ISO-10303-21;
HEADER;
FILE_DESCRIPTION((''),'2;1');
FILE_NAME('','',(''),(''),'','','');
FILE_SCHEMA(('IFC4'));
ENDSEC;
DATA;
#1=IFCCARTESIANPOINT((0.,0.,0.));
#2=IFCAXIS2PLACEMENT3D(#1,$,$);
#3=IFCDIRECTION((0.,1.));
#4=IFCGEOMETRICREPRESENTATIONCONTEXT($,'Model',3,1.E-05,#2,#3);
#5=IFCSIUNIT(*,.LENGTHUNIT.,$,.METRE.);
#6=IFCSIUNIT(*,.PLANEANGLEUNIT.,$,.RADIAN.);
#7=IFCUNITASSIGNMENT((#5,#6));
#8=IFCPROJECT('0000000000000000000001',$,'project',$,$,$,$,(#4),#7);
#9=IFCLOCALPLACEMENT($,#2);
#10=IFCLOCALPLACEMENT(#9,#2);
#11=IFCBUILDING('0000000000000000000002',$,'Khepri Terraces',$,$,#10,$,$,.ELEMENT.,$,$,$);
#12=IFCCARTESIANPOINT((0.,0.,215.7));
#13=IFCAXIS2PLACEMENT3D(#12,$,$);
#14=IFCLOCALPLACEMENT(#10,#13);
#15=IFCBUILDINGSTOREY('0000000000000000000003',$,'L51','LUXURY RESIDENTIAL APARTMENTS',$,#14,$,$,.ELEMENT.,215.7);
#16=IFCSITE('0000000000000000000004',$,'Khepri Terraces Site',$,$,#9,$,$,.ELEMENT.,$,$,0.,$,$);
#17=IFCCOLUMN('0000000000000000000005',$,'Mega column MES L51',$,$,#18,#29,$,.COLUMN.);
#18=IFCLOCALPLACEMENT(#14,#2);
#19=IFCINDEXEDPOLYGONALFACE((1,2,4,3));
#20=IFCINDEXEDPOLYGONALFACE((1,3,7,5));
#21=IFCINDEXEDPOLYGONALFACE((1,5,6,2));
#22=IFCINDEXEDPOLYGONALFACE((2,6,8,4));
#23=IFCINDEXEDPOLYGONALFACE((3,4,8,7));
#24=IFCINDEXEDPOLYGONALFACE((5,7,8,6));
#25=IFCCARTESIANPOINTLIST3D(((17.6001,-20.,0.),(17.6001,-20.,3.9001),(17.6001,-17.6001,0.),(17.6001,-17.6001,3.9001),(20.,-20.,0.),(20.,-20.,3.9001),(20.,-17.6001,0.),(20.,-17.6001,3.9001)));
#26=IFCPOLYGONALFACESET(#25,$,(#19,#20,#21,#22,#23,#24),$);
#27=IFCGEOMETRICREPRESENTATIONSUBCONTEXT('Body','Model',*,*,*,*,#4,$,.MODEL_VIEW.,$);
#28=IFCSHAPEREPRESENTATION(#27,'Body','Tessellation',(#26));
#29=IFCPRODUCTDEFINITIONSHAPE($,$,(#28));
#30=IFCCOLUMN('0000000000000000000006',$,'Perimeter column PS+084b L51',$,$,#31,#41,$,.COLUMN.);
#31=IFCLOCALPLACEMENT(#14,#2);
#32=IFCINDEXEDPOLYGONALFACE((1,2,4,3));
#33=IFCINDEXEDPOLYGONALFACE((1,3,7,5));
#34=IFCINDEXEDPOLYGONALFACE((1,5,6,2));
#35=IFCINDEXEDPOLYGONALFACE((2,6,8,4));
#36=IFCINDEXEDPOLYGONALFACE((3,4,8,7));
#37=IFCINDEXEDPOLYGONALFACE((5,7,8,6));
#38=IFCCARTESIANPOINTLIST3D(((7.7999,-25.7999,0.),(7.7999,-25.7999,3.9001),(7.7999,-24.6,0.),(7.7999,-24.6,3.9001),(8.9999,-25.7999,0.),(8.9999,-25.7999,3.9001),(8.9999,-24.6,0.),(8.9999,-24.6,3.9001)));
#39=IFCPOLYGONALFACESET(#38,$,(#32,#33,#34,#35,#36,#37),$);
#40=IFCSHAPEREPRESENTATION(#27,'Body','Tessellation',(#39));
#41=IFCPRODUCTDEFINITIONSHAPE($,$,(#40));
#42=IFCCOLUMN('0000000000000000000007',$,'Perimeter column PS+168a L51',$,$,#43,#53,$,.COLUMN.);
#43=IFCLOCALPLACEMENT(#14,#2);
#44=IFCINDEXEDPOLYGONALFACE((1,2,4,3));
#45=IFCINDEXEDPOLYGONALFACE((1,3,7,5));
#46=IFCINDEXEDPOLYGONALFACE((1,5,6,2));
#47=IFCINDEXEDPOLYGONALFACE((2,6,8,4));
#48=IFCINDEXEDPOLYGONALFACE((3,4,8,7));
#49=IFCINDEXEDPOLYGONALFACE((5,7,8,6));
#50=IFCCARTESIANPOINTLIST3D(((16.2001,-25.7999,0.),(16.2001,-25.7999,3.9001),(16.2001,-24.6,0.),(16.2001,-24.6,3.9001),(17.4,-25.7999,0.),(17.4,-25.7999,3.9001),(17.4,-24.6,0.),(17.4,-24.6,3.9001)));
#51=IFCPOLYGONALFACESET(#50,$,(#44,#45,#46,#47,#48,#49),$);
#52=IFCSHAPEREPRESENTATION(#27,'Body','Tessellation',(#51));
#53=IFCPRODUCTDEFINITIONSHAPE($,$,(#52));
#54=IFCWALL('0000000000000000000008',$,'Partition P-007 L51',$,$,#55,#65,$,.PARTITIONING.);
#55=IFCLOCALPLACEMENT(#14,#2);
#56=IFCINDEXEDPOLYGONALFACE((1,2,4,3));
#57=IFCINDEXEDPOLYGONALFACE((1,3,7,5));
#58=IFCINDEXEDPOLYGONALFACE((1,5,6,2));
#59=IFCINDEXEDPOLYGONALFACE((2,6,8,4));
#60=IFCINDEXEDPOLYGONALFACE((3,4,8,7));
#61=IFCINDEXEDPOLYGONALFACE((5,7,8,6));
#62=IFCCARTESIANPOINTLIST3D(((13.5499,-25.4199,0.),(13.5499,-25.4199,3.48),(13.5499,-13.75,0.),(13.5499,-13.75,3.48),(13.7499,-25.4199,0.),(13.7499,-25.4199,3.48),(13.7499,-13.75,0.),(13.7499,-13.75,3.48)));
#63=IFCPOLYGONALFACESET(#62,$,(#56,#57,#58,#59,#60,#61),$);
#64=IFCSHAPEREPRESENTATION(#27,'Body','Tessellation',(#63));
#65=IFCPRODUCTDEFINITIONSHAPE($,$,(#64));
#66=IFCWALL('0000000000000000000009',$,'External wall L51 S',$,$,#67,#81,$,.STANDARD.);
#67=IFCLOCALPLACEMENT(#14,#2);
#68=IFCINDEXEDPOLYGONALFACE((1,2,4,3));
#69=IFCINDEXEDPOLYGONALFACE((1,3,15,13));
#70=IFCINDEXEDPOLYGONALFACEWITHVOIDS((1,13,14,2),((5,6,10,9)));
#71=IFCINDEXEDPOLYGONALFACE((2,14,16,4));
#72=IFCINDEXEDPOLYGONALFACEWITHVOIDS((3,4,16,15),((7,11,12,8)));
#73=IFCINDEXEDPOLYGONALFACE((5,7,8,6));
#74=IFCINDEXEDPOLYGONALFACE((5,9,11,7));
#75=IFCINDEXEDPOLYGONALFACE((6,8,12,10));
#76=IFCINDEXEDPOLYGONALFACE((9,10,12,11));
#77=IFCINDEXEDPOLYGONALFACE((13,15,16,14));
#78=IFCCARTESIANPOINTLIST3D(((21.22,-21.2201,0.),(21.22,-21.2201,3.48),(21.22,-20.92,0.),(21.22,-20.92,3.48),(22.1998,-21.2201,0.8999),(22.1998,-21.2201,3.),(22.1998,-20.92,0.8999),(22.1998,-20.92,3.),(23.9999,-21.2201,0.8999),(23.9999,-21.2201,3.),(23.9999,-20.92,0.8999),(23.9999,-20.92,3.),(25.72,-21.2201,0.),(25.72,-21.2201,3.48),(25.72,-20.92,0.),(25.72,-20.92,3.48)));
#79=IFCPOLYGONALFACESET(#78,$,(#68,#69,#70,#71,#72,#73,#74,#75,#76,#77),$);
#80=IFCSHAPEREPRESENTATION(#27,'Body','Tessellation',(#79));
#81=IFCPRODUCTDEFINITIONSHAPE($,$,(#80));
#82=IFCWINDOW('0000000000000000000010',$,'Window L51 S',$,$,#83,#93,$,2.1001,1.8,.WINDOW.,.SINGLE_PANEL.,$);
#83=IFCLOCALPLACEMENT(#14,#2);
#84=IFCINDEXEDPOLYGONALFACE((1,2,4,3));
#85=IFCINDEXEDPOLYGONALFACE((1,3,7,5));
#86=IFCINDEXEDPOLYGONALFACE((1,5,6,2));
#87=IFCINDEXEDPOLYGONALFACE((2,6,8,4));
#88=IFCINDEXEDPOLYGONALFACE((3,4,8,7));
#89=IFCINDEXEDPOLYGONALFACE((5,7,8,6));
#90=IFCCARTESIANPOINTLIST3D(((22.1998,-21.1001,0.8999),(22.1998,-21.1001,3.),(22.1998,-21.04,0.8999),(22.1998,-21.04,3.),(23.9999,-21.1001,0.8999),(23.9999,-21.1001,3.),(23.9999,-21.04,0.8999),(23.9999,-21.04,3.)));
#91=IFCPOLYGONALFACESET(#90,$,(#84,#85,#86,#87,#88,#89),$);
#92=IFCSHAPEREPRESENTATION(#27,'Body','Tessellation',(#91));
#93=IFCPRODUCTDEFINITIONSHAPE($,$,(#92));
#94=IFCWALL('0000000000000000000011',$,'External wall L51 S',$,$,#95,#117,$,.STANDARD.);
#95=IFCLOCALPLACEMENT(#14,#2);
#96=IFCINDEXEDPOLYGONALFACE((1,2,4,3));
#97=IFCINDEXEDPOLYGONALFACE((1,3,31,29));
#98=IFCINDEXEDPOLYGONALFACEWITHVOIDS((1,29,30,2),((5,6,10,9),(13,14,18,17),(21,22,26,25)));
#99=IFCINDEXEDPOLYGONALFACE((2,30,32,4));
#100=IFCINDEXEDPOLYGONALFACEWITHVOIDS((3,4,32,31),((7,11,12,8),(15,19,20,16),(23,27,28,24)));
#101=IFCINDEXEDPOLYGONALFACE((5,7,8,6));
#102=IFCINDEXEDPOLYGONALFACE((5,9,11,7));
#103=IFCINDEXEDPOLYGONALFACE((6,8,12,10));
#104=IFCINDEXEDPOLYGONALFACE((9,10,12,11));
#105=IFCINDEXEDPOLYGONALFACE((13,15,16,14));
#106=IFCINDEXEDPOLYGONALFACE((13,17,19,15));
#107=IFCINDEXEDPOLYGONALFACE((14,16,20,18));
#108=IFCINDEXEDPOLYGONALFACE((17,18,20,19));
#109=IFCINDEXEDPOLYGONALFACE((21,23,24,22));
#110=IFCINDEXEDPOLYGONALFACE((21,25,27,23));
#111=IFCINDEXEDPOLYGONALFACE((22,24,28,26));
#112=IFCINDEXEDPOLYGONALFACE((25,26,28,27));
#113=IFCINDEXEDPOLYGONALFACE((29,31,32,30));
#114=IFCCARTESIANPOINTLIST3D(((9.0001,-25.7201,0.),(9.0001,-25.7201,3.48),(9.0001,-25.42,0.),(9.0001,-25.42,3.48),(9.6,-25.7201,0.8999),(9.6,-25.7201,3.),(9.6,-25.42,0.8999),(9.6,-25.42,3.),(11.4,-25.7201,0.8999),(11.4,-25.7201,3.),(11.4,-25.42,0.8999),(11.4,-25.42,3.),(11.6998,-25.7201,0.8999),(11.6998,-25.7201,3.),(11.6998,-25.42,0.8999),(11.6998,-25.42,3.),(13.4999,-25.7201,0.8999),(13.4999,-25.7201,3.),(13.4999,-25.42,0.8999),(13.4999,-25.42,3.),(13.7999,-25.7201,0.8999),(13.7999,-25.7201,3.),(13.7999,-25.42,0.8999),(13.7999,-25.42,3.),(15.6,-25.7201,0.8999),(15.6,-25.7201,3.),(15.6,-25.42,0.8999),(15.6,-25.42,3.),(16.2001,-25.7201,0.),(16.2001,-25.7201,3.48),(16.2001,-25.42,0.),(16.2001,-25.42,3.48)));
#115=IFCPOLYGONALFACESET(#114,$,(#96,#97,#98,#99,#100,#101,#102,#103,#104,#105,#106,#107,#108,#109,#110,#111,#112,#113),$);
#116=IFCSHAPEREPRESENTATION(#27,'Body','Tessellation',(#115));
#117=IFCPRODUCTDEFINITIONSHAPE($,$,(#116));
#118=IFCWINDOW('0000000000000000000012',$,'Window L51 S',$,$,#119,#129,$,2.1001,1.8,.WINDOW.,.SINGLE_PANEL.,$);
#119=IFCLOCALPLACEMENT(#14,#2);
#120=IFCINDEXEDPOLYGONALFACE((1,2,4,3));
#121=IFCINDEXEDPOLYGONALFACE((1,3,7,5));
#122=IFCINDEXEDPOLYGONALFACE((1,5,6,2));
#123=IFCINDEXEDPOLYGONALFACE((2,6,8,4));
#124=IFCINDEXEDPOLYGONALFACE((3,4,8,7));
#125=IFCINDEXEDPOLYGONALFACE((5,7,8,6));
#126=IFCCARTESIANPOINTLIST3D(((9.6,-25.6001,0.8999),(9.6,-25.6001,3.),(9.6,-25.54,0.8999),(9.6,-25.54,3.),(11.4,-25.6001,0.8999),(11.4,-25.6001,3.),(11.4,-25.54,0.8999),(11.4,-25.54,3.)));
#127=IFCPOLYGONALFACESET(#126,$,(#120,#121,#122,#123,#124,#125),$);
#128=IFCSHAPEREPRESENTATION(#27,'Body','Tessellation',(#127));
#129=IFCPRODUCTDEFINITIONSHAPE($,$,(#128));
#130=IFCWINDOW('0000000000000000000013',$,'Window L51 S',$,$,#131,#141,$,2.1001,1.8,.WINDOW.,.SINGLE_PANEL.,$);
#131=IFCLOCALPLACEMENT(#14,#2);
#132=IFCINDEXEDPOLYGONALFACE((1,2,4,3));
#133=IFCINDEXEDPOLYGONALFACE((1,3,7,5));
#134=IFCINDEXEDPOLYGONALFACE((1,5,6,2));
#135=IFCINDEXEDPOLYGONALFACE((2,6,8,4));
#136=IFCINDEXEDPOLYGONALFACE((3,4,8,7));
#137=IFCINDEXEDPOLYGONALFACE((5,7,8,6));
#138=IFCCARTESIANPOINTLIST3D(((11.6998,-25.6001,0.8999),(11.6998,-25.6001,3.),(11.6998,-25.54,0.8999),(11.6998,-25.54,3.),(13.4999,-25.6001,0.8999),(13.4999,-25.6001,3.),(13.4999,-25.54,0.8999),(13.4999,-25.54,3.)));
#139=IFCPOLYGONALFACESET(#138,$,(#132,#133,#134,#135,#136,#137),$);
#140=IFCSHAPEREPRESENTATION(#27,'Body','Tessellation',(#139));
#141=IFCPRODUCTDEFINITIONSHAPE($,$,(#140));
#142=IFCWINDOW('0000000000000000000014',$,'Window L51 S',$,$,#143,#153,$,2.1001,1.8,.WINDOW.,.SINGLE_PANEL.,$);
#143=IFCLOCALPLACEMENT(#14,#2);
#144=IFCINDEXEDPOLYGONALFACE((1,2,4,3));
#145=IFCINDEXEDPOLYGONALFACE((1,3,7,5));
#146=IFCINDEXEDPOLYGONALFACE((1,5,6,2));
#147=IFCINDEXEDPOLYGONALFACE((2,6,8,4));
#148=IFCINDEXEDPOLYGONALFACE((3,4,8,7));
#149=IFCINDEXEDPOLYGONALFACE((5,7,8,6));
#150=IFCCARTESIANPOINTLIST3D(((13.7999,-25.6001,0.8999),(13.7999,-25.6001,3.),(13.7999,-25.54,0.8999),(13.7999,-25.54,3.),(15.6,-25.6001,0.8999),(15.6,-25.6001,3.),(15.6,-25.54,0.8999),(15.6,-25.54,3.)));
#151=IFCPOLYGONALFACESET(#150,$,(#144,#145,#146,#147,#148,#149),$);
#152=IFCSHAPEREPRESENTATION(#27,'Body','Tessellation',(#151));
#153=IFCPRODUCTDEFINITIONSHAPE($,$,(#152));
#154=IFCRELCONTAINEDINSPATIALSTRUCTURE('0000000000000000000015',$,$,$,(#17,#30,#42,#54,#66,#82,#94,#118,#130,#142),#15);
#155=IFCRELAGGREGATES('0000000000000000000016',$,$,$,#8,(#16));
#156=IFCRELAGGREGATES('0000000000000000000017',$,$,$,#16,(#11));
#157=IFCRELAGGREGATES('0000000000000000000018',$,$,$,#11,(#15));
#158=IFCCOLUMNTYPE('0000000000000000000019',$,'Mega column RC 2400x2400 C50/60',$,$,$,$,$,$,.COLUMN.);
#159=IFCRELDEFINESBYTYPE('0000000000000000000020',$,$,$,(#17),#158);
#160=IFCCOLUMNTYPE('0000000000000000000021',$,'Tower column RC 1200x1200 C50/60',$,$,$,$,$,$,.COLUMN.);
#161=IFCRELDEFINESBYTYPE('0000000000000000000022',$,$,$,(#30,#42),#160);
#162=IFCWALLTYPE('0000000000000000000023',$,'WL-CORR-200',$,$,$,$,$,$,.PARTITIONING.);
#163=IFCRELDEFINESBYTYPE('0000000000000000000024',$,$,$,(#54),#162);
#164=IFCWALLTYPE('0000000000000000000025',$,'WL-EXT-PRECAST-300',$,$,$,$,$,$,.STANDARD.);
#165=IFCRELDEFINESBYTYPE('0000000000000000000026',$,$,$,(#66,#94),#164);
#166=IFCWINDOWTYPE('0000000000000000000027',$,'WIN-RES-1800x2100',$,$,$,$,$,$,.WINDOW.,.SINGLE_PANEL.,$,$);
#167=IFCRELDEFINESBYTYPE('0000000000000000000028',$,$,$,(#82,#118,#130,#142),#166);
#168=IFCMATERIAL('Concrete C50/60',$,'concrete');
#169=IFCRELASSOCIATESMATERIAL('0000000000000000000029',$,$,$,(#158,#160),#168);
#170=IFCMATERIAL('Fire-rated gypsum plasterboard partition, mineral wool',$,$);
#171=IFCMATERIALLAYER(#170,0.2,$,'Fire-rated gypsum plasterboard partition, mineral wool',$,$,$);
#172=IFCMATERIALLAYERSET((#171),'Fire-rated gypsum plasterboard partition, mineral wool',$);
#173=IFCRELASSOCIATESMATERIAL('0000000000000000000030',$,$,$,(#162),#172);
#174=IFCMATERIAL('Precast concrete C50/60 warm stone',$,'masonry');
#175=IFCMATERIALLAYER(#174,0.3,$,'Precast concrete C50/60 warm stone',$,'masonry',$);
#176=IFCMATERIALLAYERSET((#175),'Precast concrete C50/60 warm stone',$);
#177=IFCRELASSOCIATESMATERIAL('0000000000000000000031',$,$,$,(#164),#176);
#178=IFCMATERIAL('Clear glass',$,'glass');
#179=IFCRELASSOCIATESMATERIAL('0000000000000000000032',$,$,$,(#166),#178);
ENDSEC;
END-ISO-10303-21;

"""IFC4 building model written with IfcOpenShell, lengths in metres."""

from ifc_helpers import new_model, si_unit, direction, frame, frame_2d, origin, origin_2d, place, context, subcontext, project, spatial, rectangle, extrude, material, layer, layer_set, material_profile, profile_set, type_object, element, fill, save


model = new_model("IFC4")

# Units and contexts
model_context = context("Model", 3, precision=1e-05, world=origin(), true_north=direction((0.0, 1.0)))
body_context = subcontext(model_context, "Body", "Model", "MODEL_VIEW")
ifc_project = project(units=[si_unit("LENGTHUNIT", "METRE"), si_unit("PLANEANGLEUNIT", "RADIAN")], contexts=[model_context])

# Site, building, storey
site_placement = place(None, origin())
site = spatial("IfcSite", under=ifc_project, at=site_placement, Name="Khepri Terraces Site", CompositionType="ELEMENT", RefElevation=0.0)
building_placement = place(site_placement, origin())
building = spatial("IfcBuilding", under=site, at=building_placement, Name="Khepri Terraces", CompositionType="ELEMENT")
storey_placement = place(building_placement, frame((0.0, 0.0, 215.7)))
storey = spatial("IfcBuildingStorey", under=building, at=storey_placement, Name="L51", Description="LUXURY RESIDENTIAL APARTMENTS", CompositionType="ELEMENT", Elevation=215.7)

# Columns
ifc_material_1 = material(Name="Concrete C50/60", Category="concrete")
ifc_material_profile_1 = material_profile(ifc_material_1, rectangle(XDim=2.3999, YDim=2.3999, at=origin_2d()), Name="Concrete C50/60", Category="concrete")
ifc_profile_set_1 = profile_set([ifc_material_profile_1], Name="Concrete C50/60")
column_type_1 = type_object("IfcColumnType", Name="Mega column RC 2400x2400 C50/60", PredefinedType="COLUMN", material=ifc_profile_set_1)
column_placement = place(storey_placement, frame((18.8, -18.8, 0.0), z_axis=(0.0, 0.0, 1.0), x_axis=(1.0, 0.0, 0.0)))
element("IfcColumn", 1, at=column_placement, inside=storey, type_object=column_type_1, Name="Mega column MES L51", PredefinedType="COLUMN", context=body_context, shape_type="SweptSolid", body=[
    extrude(rectangle(XDim=2.3999, YDim=2.3999, at=origin_2d()), origin(), (0.0, 0.0, 1.0), 3.9001),
])
ifc_material_profile_2 = material_profile(ifc_material_1, rectangle(XDim=1.2, YDim=1.2, at=origin_2d()), Name="Concrete C50/60", Category="concrete")
ifc_profile_set_2 = profile_set([ifc_material_profile_2], Name="Concrete C50/60")
column_type_2 = type_object("IfcColumnType", Name="Tower column RC 1200x1200 C50/60", PredefinedType="COLUMN", material=ifc_profile_set_2)
for number, where, z_axis, x_axis, name in (
    (2, (8.3999, -25.2, 0.0), (0.0, 0.0, 1.0), (1.0, 0.0, 0.0), "Perimeter column PS+084b L51"),
    (3, (16.8, -25.2, 0.0), (0.0, 0.0, 1.0), (1.0, 0.0, 0.0), "Perimeter column PS+168a L51"),
):
    element("IfcColumn", number, at=place(storey_placement, frame(where, z_axis=z_axis, x_axis=x_axis)), inside=storey, type_object=column_type_2, Name=name, PredefinedType="COLUMN", context=body_context, shape_type="SweptSolid", body=[
        extrude(rectangle(XDim=1.2, YDim=1.2, at=origin_2d()), origin(), (0.0, 0.0, 1.0), 3.9001),
    ])

# Wall
ifc_material_2 = material(Name="Fire-rated gypsum plasterboard partition, mineral wool")
ifc_layer_1 = layer(ifc_material_2, 0.2, Name="Fire-rated gypsum plasterboard partition, mineral wool")
ifc_layer_set_1 = layer_set([ifc_layer_1], Name="Fire-rated gypsum plasterboard partition, mineral wool")
wall_type_1 = type_object("IfcWallType", Name="WL-CORR-200", PredefinedType="PARTITIONING", material=ifc_layer_set_1)
wall_1_placement = place(storey_placement, frame((13.6499, -25.4199, 0.0), z_axis=(0.0, 0.0, 1.0), x_axis=(0.0, 1.0, 0.0)))
element("IfcWall", 4, at=wall_1_placement, inside=storey, type_object=wall_type_1, Name="Partition P-007 L51", PredefinedType="PARTITIONING", context=body_context, shape_type="SweptSolid", body=[
    extrude(rectangle(XDim=11.6699, YDim=0.2, at=frame_2d((5.835, 0.0))), origin(), (0.0, 0.0, 1.0), 3.48),
])

# Wall, opening, window
ifc_material_3 = material(Name="Precast concrete C50/60 warm stone", Category="masonry")
ifc_layer_2 = layer(ifc_material_3, 0.3, Name="Precast concrete C50/60 warm stone", Category="masonry")
ifc_layer_set_2 = layer_set([ifc_layer_2], Name="Precast concrete C50/60 warm stone")
wall_type_2 = type_object("IfcWallType", Name="WL-EXT-PRECAST-300", PredefinedType="STANDARD", material=ifc_layer_set_2)
wall_2_placement = place(storey_placement, frame((21.22, -21.0701, 0.0), z_axis=(0.0, 0.0, 1.0), x_axis=(1.0, 0.0, 0.0)))
wall_2 = element("IfcWall", 5, at=wall_2_placement, inside=storey, type_object=wall_type_2, Name="External wall L51 S", PredefinedType="STANDARD", context=body_context, shape_type="SweptSolid", body=[
    extrude(rectangle(XDim=4.5, YDim=0.3, at=frame_2d((2.25, 0.0))), origin(), (0.0, 0.0, 1.0), 3.48),
])
opening_1_placement = place(wall_2_placement, frame((0.98, 0.0, 0.8999)))
opening_1 = element("IfcOpeningElement", 6, at=opening_1_placement, cuts=wall_2, PredefinedType="OPENING", context=body_context, shape_type="SweptSolid", body=[
    extrude(rectangle(XDim=1.8, YDim=2.1001, at=frame_2d((0.8999, 1.05))), frame((0.0, 0.1602, 0.0), z_axis=(0.0, -1.0, 0.0), x_axis=(1.0, 0.0, 0.0)), (0.0, 0.0, 1.0), 0.3201),
])
ifc_material_4 = material(Name="Clear glass", Category="glass")
window_type = type_object("IfcWindowType", Name="WIN-RES-1800x2100", PartitioningType="SINGLE_PANEL", PredefinedType="WINDOW", material=ifc_material_4)
window_1_placement = place(opening_1_placement, origin())
window_1 = element("IfcWindow", 7, at=window_1_placement, inside=storey, type_object=window_type, Name="Window L51 S", OverallHeight=2.1001, OverallWidth=1.8, PartitioningType="SINGLE_PANEL", PredefinedType="WINDOW", context=body_context, shape_type="SweptSolid", body=[
    extrude(rectangle(XDim=1.8, YDim=2.1001, at=frame_2d((0.8999, 1.05))), frame((0.0, 0.03, 0.0), z_axis=(0.0, -1.0, 0.0), x_axis=(1.0, 0.0, 0.0)), (0.0, 0.0, 1.0), 0.0601),
])
fill(opening_1, window_1)

# Wall, openings, windows
wall_3_placement = place(storey_placement, frame((9.0, -25.5701, 0.0), z_axis=(0.0, 0.0, 1.0), x_axis=(1.0, 0.0, 0.0)))
wall_3 = element("IfcWall", 8, at=wall_3_placement, inside=storey, type_object=wall_type_2, Name="External wall L51 S", PredefinedType="STANDARD", context=body_context, shape_type="SweptSolid", body=[
    extrude(rectangle(XDim=7.2, YDim=0.3, at=frame_2d((3.6001, 0.0))), origin(), (0.0, 0.0, 1.0), 3.48),
])
opening_2_placement = place(wall_3_placement, frame((0.6001, 0.0, 0.8999)))
opening_2 = element("IfcOpeningElement", 9, at=opening_2_placement, cuts=wall_3, PredefinedType="OPENING", context=body_context, shape_type="SweptSolid", body=[
    extrude(rectangle(XDim=1.8, YDim=2.1001, at=frame_2d((0.8999, 1.05))), frame((0.0, 0.1602, 0.0), z_axis=(0.0, -1.0, 0.0), x_axis=(1.0, 0.0, 0.0)), (0.0, 0.0, 1.0), 0.3201),
])
opening_3_placement = place(wall_3_placement, frame((2.7, 0.0, 0.8999)))
opening_3 = element("IfcOpeningElement", 10, at=opening_3_placement, cuts=wall_3, PredefinedType="OPENING", context=body_context, shape_type="SweptSolid", body=[
    extrude(rectangle(XDim=1.8, YDim=2.1001, at=frame_2d((0.8999, 1.05))), frame((0.0, 0.1602, 0.0), z_axis=(0.0, -1.0, 0.0), x_axis=(1.0, 0.0, 0.0)), (0.0, 0.0, 1.0), 0.3201),
])
opening_4_placement = place(wall_3_placement, frame((4.8, 0.0, 0.8999)))
opening_4 = element("IfcOpeningElement", 11, at=opening_4_placement, cuts=wall_3, PredefinedType="OPENING", context=body_context, shape_type="SweptSolid", body=[
    extrude(rectangle(XDim=1.8, YDim=2.1001, at=frame_2d((0.8999, 1.05))), frame((0.0, 0.1602, 0.0), z_axis=(0.0, -1.0, 0.0), x_axis=(1.0, 0.0, 0.0)), (0.0, 0.0, 1.0), 0.3201),
])
window_2_placement = place(opening_2_placement, origin())
window_2 = element("IfcWindow", 12, at=window_2_placement, inside=storey, type_object=window_type, Name="Window L51 S", OverallHeight=2.1001, OverallWidth=1.8, PartitioningType="SINGLE_PANEL", PredefinedType="WINDOW", context=body_context, shape_type="SweptSolid", body=[
    extrude(rectangle(XDim=1.8, YDim=2.1001, at=frame_2d((0.8999, 1.05))), frame((0.0, 0.03, 0.0), z_axis=(0.0, -1.0, 0.0), x_axis=(1.0, 0.0, 0.0)), (0.0, 0.0, 1.0), 0.0601),
])
fill(opening_2, window_2)
window_3_placement = place(opening_3_placement, origin())
window_3 = element("IfcWindow", 13, at=window_3_placement, inside=storey, type_object=window_type, Name="Window L51 S", OverallHeight=2.1001, OverallWidth=1.8, PartitioningType="SINGLE_PANEL", PredefinedType="WINDOW", context=body_context, shape_type="SweptSolid", body=[
    extrude(rectangle(XDim=1.8, YDim=2.1001, at=frame_2d((0.8999, 1.05))), frame((0.0, 0.03, 0.0), z_axis=(0.0, -1.0, 0.0), x_axis=(1.0, 0.0, 0.0)), (0.0, 0.0, 1.0), 0.0601),
])
fill(opening_3, window_3)
window_4_placement = place(opening_4_placement, origin())
window_4 = element("IfcWindow", 14, at=window_4_placement, inside=storey, type_object=window_type, Name="Window L51 S", OverallHeight=2.1001, OverallWidth=1.8, PartitioningType="SINGLE_PANEL", PredefinedType="WINDOW", context=body_context, shape_type="SweptSolid", body=[
    extrude(rectangle(XDim=1.8, YDim=2.1001, at=frame_2d((0.8999, 1.05))), frame((0.0, 0.03, 0.0), z_axis=(0.0, -1.0, 0.0), x_axis=(1.0, 0.0, 0.0)), (0.0, 0.0, 1.0), 0.0601),
])
fill(opening_4, window_4)

save(model, "model.ifc")
